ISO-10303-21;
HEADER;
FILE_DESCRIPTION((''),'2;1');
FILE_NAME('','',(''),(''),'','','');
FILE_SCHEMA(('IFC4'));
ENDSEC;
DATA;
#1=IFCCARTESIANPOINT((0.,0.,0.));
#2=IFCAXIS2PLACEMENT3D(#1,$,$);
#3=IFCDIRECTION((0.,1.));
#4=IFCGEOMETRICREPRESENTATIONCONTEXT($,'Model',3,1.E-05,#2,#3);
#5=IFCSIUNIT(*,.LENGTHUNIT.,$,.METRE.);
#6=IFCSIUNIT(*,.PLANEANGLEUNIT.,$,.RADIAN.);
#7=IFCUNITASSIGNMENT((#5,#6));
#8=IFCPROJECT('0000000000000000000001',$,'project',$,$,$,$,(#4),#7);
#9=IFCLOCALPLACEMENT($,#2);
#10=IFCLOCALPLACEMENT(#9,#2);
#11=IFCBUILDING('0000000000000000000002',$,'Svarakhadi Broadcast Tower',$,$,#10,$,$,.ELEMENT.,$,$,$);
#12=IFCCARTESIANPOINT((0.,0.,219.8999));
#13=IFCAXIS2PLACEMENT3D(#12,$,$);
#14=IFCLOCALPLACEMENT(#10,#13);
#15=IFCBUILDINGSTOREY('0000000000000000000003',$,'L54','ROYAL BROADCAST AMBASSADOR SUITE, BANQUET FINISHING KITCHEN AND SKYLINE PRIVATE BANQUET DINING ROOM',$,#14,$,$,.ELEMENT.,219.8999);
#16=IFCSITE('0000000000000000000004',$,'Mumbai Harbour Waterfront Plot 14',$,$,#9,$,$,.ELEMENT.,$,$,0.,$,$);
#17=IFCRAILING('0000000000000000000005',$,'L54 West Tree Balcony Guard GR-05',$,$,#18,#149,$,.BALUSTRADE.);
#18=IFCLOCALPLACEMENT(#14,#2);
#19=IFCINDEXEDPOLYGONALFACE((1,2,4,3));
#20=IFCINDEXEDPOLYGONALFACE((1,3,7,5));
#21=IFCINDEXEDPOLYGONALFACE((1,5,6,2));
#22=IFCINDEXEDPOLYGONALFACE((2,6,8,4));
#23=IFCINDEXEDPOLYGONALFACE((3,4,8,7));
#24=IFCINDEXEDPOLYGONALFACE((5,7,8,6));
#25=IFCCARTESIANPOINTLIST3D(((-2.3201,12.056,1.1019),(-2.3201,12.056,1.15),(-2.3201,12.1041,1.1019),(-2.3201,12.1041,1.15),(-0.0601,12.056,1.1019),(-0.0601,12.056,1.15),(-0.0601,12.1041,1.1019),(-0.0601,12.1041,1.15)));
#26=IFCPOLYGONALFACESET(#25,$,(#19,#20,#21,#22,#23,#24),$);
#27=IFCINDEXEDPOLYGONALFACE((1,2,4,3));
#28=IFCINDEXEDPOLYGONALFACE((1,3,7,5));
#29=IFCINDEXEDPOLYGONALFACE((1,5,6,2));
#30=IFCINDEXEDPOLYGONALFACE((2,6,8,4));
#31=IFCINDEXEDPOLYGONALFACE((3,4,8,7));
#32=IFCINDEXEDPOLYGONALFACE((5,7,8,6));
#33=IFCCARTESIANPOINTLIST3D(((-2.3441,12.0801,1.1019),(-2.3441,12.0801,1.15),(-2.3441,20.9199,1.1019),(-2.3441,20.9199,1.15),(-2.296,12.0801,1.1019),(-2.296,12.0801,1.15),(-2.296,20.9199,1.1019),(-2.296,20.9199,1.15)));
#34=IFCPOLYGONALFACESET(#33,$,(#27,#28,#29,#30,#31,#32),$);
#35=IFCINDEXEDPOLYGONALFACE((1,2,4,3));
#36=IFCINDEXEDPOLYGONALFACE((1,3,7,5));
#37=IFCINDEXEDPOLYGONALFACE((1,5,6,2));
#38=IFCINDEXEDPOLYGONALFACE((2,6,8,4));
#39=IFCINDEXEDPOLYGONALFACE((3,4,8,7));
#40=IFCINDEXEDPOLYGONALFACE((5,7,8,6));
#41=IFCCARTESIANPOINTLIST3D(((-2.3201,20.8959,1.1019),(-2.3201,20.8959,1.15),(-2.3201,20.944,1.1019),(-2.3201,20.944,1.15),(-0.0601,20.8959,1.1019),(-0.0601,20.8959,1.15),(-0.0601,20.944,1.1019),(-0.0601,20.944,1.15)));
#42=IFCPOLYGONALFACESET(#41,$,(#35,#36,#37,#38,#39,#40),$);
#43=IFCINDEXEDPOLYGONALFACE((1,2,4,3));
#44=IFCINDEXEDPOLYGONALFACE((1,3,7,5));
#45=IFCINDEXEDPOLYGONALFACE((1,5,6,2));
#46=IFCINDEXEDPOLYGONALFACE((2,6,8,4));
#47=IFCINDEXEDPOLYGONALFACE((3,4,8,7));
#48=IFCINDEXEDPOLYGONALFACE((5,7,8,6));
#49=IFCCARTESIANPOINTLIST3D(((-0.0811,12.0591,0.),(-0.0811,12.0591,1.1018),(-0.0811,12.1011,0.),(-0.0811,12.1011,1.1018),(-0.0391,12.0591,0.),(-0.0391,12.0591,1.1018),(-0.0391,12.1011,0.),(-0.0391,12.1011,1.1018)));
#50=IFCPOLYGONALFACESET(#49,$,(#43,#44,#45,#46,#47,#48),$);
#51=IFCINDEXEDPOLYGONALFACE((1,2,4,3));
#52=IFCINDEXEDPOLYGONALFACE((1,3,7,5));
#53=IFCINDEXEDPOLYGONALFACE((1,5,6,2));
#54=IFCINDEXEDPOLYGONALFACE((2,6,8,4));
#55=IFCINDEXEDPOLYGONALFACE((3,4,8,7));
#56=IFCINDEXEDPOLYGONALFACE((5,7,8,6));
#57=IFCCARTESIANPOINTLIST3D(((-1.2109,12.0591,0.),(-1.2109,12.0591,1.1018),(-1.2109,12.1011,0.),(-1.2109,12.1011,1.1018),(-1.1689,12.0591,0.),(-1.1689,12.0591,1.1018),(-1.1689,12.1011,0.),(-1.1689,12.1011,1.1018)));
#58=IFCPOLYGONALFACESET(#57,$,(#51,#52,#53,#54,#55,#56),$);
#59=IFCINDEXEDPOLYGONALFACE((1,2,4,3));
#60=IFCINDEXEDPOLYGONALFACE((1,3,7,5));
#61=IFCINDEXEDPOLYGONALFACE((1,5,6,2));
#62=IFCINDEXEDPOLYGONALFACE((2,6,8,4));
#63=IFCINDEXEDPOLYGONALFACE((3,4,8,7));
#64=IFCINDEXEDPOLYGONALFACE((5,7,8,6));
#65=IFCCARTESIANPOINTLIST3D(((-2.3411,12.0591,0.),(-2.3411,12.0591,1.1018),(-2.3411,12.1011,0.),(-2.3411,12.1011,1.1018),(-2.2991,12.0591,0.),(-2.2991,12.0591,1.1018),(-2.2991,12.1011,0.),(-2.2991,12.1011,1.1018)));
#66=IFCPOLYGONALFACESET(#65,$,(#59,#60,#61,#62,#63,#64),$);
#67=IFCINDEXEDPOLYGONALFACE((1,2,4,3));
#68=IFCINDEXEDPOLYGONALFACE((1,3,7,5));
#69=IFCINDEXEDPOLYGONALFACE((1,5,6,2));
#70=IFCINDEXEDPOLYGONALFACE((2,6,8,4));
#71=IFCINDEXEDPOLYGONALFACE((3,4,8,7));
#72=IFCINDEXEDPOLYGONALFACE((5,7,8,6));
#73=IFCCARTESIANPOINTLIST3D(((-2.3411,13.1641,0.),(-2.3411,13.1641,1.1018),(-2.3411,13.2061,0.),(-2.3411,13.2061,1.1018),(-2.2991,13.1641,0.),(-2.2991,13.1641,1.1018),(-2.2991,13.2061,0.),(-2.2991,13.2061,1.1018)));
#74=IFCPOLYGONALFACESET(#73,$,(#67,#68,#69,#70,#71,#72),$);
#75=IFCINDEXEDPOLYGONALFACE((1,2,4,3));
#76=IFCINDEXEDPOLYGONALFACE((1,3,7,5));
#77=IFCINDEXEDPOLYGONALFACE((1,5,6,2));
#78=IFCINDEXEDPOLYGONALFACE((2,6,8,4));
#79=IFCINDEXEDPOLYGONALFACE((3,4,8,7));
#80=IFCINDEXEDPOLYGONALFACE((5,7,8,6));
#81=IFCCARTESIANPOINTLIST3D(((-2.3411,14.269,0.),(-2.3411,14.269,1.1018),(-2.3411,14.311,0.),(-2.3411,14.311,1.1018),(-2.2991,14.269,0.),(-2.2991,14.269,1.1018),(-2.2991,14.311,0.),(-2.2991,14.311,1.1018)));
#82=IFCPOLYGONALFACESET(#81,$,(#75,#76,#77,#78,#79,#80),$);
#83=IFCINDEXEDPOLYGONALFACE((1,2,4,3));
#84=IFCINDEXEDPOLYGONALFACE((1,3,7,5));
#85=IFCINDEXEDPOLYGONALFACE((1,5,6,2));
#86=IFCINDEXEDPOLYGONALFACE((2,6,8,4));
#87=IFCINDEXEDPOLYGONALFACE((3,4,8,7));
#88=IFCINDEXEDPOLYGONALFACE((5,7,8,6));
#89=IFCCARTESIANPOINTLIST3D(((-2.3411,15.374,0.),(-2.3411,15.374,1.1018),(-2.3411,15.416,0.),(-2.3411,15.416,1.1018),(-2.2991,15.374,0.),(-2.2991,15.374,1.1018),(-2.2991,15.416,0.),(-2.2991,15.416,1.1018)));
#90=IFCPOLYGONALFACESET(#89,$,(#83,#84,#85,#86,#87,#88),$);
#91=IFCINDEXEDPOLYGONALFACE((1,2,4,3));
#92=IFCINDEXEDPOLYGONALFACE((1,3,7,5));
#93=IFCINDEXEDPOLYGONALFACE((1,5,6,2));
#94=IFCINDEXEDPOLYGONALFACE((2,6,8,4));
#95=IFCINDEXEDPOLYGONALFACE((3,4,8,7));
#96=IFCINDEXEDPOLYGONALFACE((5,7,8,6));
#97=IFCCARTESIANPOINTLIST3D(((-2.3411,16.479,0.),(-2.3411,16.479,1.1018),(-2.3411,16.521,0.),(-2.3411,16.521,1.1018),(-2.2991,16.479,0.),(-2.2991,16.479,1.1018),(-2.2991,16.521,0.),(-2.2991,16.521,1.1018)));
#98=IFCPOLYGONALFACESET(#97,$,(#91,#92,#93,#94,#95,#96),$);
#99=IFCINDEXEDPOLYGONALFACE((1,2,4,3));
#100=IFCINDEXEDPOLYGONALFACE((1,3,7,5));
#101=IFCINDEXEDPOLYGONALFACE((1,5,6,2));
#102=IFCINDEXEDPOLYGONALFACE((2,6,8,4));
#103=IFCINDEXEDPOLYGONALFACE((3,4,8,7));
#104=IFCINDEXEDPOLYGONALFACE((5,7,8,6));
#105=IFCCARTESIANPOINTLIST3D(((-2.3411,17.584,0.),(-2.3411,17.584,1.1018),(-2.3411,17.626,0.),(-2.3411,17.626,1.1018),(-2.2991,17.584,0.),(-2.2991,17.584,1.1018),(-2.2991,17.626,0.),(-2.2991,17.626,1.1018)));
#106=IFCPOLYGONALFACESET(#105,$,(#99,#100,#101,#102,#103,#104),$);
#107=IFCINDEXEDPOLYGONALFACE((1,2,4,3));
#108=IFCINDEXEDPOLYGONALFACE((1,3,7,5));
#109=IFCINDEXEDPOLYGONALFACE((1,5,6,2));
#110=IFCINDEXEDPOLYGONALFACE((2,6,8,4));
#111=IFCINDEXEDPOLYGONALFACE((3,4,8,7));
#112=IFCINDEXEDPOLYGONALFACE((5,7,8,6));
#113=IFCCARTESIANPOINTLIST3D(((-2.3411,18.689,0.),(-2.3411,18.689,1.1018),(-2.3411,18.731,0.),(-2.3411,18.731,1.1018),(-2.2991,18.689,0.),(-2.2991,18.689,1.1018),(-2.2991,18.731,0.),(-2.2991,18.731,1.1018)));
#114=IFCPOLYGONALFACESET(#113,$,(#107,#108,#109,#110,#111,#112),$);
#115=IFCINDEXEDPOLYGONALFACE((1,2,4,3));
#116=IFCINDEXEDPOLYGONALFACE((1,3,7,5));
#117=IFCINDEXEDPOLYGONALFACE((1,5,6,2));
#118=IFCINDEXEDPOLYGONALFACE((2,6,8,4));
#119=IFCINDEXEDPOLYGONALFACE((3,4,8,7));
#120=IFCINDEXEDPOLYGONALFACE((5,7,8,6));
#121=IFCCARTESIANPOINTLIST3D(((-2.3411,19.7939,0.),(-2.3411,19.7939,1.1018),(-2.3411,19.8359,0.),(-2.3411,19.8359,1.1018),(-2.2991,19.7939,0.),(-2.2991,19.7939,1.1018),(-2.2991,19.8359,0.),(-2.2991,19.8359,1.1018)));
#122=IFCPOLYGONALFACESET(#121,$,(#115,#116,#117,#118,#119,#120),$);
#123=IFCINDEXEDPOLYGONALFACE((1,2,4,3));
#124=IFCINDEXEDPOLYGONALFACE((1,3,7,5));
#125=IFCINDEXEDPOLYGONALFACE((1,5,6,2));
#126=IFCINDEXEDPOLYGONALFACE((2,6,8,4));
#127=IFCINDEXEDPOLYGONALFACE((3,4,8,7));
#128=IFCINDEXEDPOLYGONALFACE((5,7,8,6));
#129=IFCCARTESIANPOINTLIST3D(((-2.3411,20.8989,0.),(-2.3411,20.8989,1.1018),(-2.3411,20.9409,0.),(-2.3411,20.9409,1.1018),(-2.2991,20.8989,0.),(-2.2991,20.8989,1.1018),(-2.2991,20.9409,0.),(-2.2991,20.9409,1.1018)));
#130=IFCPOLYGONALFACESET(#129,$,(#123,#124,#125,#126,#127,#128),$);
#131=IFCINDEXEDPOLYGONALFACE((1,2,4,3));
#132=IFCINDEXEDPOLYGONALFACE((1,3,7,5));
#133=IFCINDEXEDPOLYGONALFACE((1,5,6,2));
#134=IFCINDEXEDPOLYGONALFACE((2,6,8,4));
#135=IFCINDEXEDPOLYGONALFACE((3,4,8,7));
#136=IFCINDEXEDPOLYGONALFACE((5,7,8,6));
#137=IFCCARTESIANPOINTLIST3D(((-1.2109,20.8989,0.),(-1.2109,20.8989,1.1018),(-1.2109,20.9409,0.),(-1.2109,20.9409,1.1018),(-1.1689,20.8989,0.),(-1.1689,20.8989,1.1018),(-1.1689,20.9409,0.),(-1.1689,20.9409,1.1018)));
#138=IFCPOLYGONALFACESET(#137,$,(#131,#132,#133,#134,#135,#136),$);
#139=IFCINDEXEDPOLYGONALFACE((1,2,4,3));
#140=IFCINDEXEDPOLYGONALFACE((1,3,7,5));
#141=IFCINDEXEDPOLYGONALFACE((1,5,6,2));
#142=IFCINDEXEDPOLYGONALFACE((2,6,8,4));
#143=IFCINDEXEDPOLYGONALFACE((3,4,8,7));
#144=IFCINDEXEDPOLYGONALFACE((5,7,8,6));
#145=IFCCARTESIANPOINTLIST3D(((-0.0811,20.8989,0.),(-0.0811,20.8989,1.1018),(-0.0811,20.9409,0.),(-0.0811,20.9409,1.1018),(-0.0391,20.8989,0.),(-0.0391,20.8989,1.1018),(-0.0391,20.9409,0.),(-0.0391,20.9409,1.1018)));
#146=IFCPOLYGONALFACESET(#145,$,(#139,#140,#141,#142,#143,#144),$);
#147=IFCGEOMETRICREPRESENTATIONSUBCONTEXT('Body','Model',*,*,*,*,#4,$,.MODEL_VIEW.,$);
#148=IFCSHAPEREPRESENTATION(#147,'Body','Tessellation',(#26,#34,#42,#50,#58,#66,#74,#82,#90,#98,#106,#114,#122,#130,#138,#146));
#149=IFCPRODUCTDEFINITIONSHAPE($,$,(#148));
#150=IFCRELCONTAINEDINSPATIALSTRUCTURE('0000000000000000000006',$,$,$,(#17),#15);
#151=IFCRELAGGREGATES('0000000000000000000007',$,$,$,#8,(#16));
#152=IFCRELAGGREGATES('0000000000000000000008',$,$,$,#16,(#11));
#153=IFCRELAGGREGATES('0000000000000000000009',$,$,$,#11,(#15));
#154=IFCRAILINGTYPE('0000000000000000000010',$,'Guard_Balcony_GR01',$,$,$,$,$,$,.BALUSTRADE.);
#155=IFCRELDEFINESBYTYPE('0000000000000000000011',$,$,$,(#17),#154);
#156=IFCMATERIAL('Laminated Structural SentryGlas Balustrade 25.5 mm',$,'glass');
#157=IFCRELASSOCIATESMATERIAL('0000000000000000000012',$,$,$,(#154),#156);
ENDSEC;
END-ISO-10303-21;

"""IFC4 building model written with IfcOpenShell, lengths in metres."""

from ifc_helpers import new_model, si_unit, direction, frame, origin, origin_2d, place, context, subcontext, project, spatial, rectangle, extrude, material, type_object, element, save


model = new_model("IFC4")

# Units and contexts
model_context = context("Model", 3, precision=1e-05, world=origin(), true_north=direction((0.0, 1.0)))
body_context = subcontext(model_context, "Body", "Model", "MODEL_VIEW")
ifc_project = project(units=[si_unit("LENGTHUNIT", "METRE"), si_unit("PLANEANGLEUNIT", "RADIAN")], contexts=[model_context])

# Site, building, storey
site_placement = place(None, origin())
site = spatial("IfcSite", under=ifc_project, at=site_placement, Name="Mumbai Harbour Waterfront Plot 14", CompositionType="ELEMENT", RefElevation=0.0)
building_placement = place(site_placement, origin())
building = spatial("IfcBuilding", under=site, at=building_placement, Name="Svarakhadi Broadcast Tower", CompositionType="ELEMENT")
storey_placement = place(building_placement, frame((0.0, 0.0, 219.8999)))
storey = spatial("IfcBuildingStorey", under=building, at=storey_placement, Name="L54", Description="ROYAL BROADCAST AMBASSADOR SUITE, BANQUET FINISHING KITCHEN AND SKYLINE PRIVATE BANQUET DINING ROOM", CompositionType="ELEMENT", Elevation=219.8999)

# Railing
ifc_material_1 = material(Name="Laminated Structural SentryGlas Balustrade 25.5 mm", Category="glass")
railing_type = type_object("IfcRailingType", Name="Guard_Balcony_GR01", PredefinedType="BALUSTRADE", material=ifc_material_1)
railing_placement = place(storey_placement, frame((-0.0601, 12.0801, 0.0)))
element("IfcRailing", 1, at=railing_placement, inside=storey, type_object=railing_type, Name="L54 West Tree Balcony Guard GR-05", PredefinedType="BALUSTRADE", context=body_context, shape_type="SweptSolid", body=[
    extrude(rectangle(XDim=0.0481, YDim=0.0481, at=origin_2d()), frame((0.0, 0.0, 1.126), z_axis=(-1.0, 0.0, 0.0), x_axis=(0.0, -1.0, 0.0)), (0.0, 0.0, 1.0), 2.26),
    extrude(rectangle(XDim=0.0481, YDim=0.0481, at=origin_2d()), frame((-2.26, 0.0, 1.126), z_axis=(0.0, 1.0, 0.0), x_axis=(-1.0, 0.0, 0.0)), (0.0, 0.0, 1.0), 8.8398),
    extrude(rectangle(XDim=0.0481, YDim=0.0481, at=origin_2d()), frame((-2.26, 8.8398, 1.126), z_axis=(1.0, 0.0, 0.0), x_axis=(0.0, 1.0, 0.0)), (0.0, 0.0, 1.0), 2.26),
    extrude(rectangle(XDim=0.042, YDim=0.042, at=origin_2d()), origin(), (0.0, 0.0, 1.0), 1.1018),
    extrude(rectangle(XDim=0.042, YDim=0.042, at=origin_2d()), frame((-1.1299, 0.0, 0.0)), (0.0, 0.0, 1.0), 1.1018),
    extrude(rectangle(XDim=0.042, YDim=0.042, at=origin_2d()), frame((-2.26, 0.0, 0.0)), (0.0, 0.0, 1.0), 1.1018),
    extrude(rectangle(XDim=0.042, YDim=0.042, at=origin_2d()), frame((-2.26, 1.105, 0.0)), (0.0, 0.0, 1.0), 1.1018),
    extrude(rectangle(XDim=0.042, YDim=0.042, at=origin_2d()), frame((-2.26, 2.21, 0.0)), (0.0, 0.0, 1.0), 1.1018),
    extrude(rectangle(XDim=0.042, YDim=0.042, at=origin_2d()), frame((-2.26, 3.3149, 0.0)), (0.0, 0.0, 1.0), 1.1018),
    extrude(rectangle(XDim=0.042, YDim=0.042, at=origin_2d()), frame((-2.26, 4.4199, 0.0)), (0.0, 0.0, 1.0), 1.1018),
    extrude(rectangle(XDim=0.042, YDim=0.042, at=origin_2d()), frame((-2.26, 5.5249, 0.0)), (0.0, 0.0, 1.0), 1.1018),
    extrude(rectangle(XDim=0.042, YDim=0.042, at=origin_2d()), frame((-2.26, 6.6299, 0.0)), (0.0, 0.0, 1.0), 1.1018),
    extrude(rectangle(XDim=0.042, YDim=0.042, at=origin_2d()), frame((-2.26, 7.7349, 0.0)), (0.0, 0.0, 1.0), 1.1018),
    extrude(rectangle(XDim=0.042, YDim=0.042, at=origin_2d()), frame((-2.26, 8.8398, 0.0)), (0.0, 0.0, 1.0), 1.1018),
    extrude(rectangle(XDim=0.042, YDim=0.042, at=origin_2d()), frame((-1.1299, 8.8398, 0.0)), (0.0, 0.0, 1.0), 1.1018),
    extrude(rectangle(XDim=0.042, YDim=0.042, at=origin_2d()), frame((0.0, 8.8398, 0.0)), (0.0, 0.0, 1.0), 1.1018),
])

save(model, "model.ifc")
